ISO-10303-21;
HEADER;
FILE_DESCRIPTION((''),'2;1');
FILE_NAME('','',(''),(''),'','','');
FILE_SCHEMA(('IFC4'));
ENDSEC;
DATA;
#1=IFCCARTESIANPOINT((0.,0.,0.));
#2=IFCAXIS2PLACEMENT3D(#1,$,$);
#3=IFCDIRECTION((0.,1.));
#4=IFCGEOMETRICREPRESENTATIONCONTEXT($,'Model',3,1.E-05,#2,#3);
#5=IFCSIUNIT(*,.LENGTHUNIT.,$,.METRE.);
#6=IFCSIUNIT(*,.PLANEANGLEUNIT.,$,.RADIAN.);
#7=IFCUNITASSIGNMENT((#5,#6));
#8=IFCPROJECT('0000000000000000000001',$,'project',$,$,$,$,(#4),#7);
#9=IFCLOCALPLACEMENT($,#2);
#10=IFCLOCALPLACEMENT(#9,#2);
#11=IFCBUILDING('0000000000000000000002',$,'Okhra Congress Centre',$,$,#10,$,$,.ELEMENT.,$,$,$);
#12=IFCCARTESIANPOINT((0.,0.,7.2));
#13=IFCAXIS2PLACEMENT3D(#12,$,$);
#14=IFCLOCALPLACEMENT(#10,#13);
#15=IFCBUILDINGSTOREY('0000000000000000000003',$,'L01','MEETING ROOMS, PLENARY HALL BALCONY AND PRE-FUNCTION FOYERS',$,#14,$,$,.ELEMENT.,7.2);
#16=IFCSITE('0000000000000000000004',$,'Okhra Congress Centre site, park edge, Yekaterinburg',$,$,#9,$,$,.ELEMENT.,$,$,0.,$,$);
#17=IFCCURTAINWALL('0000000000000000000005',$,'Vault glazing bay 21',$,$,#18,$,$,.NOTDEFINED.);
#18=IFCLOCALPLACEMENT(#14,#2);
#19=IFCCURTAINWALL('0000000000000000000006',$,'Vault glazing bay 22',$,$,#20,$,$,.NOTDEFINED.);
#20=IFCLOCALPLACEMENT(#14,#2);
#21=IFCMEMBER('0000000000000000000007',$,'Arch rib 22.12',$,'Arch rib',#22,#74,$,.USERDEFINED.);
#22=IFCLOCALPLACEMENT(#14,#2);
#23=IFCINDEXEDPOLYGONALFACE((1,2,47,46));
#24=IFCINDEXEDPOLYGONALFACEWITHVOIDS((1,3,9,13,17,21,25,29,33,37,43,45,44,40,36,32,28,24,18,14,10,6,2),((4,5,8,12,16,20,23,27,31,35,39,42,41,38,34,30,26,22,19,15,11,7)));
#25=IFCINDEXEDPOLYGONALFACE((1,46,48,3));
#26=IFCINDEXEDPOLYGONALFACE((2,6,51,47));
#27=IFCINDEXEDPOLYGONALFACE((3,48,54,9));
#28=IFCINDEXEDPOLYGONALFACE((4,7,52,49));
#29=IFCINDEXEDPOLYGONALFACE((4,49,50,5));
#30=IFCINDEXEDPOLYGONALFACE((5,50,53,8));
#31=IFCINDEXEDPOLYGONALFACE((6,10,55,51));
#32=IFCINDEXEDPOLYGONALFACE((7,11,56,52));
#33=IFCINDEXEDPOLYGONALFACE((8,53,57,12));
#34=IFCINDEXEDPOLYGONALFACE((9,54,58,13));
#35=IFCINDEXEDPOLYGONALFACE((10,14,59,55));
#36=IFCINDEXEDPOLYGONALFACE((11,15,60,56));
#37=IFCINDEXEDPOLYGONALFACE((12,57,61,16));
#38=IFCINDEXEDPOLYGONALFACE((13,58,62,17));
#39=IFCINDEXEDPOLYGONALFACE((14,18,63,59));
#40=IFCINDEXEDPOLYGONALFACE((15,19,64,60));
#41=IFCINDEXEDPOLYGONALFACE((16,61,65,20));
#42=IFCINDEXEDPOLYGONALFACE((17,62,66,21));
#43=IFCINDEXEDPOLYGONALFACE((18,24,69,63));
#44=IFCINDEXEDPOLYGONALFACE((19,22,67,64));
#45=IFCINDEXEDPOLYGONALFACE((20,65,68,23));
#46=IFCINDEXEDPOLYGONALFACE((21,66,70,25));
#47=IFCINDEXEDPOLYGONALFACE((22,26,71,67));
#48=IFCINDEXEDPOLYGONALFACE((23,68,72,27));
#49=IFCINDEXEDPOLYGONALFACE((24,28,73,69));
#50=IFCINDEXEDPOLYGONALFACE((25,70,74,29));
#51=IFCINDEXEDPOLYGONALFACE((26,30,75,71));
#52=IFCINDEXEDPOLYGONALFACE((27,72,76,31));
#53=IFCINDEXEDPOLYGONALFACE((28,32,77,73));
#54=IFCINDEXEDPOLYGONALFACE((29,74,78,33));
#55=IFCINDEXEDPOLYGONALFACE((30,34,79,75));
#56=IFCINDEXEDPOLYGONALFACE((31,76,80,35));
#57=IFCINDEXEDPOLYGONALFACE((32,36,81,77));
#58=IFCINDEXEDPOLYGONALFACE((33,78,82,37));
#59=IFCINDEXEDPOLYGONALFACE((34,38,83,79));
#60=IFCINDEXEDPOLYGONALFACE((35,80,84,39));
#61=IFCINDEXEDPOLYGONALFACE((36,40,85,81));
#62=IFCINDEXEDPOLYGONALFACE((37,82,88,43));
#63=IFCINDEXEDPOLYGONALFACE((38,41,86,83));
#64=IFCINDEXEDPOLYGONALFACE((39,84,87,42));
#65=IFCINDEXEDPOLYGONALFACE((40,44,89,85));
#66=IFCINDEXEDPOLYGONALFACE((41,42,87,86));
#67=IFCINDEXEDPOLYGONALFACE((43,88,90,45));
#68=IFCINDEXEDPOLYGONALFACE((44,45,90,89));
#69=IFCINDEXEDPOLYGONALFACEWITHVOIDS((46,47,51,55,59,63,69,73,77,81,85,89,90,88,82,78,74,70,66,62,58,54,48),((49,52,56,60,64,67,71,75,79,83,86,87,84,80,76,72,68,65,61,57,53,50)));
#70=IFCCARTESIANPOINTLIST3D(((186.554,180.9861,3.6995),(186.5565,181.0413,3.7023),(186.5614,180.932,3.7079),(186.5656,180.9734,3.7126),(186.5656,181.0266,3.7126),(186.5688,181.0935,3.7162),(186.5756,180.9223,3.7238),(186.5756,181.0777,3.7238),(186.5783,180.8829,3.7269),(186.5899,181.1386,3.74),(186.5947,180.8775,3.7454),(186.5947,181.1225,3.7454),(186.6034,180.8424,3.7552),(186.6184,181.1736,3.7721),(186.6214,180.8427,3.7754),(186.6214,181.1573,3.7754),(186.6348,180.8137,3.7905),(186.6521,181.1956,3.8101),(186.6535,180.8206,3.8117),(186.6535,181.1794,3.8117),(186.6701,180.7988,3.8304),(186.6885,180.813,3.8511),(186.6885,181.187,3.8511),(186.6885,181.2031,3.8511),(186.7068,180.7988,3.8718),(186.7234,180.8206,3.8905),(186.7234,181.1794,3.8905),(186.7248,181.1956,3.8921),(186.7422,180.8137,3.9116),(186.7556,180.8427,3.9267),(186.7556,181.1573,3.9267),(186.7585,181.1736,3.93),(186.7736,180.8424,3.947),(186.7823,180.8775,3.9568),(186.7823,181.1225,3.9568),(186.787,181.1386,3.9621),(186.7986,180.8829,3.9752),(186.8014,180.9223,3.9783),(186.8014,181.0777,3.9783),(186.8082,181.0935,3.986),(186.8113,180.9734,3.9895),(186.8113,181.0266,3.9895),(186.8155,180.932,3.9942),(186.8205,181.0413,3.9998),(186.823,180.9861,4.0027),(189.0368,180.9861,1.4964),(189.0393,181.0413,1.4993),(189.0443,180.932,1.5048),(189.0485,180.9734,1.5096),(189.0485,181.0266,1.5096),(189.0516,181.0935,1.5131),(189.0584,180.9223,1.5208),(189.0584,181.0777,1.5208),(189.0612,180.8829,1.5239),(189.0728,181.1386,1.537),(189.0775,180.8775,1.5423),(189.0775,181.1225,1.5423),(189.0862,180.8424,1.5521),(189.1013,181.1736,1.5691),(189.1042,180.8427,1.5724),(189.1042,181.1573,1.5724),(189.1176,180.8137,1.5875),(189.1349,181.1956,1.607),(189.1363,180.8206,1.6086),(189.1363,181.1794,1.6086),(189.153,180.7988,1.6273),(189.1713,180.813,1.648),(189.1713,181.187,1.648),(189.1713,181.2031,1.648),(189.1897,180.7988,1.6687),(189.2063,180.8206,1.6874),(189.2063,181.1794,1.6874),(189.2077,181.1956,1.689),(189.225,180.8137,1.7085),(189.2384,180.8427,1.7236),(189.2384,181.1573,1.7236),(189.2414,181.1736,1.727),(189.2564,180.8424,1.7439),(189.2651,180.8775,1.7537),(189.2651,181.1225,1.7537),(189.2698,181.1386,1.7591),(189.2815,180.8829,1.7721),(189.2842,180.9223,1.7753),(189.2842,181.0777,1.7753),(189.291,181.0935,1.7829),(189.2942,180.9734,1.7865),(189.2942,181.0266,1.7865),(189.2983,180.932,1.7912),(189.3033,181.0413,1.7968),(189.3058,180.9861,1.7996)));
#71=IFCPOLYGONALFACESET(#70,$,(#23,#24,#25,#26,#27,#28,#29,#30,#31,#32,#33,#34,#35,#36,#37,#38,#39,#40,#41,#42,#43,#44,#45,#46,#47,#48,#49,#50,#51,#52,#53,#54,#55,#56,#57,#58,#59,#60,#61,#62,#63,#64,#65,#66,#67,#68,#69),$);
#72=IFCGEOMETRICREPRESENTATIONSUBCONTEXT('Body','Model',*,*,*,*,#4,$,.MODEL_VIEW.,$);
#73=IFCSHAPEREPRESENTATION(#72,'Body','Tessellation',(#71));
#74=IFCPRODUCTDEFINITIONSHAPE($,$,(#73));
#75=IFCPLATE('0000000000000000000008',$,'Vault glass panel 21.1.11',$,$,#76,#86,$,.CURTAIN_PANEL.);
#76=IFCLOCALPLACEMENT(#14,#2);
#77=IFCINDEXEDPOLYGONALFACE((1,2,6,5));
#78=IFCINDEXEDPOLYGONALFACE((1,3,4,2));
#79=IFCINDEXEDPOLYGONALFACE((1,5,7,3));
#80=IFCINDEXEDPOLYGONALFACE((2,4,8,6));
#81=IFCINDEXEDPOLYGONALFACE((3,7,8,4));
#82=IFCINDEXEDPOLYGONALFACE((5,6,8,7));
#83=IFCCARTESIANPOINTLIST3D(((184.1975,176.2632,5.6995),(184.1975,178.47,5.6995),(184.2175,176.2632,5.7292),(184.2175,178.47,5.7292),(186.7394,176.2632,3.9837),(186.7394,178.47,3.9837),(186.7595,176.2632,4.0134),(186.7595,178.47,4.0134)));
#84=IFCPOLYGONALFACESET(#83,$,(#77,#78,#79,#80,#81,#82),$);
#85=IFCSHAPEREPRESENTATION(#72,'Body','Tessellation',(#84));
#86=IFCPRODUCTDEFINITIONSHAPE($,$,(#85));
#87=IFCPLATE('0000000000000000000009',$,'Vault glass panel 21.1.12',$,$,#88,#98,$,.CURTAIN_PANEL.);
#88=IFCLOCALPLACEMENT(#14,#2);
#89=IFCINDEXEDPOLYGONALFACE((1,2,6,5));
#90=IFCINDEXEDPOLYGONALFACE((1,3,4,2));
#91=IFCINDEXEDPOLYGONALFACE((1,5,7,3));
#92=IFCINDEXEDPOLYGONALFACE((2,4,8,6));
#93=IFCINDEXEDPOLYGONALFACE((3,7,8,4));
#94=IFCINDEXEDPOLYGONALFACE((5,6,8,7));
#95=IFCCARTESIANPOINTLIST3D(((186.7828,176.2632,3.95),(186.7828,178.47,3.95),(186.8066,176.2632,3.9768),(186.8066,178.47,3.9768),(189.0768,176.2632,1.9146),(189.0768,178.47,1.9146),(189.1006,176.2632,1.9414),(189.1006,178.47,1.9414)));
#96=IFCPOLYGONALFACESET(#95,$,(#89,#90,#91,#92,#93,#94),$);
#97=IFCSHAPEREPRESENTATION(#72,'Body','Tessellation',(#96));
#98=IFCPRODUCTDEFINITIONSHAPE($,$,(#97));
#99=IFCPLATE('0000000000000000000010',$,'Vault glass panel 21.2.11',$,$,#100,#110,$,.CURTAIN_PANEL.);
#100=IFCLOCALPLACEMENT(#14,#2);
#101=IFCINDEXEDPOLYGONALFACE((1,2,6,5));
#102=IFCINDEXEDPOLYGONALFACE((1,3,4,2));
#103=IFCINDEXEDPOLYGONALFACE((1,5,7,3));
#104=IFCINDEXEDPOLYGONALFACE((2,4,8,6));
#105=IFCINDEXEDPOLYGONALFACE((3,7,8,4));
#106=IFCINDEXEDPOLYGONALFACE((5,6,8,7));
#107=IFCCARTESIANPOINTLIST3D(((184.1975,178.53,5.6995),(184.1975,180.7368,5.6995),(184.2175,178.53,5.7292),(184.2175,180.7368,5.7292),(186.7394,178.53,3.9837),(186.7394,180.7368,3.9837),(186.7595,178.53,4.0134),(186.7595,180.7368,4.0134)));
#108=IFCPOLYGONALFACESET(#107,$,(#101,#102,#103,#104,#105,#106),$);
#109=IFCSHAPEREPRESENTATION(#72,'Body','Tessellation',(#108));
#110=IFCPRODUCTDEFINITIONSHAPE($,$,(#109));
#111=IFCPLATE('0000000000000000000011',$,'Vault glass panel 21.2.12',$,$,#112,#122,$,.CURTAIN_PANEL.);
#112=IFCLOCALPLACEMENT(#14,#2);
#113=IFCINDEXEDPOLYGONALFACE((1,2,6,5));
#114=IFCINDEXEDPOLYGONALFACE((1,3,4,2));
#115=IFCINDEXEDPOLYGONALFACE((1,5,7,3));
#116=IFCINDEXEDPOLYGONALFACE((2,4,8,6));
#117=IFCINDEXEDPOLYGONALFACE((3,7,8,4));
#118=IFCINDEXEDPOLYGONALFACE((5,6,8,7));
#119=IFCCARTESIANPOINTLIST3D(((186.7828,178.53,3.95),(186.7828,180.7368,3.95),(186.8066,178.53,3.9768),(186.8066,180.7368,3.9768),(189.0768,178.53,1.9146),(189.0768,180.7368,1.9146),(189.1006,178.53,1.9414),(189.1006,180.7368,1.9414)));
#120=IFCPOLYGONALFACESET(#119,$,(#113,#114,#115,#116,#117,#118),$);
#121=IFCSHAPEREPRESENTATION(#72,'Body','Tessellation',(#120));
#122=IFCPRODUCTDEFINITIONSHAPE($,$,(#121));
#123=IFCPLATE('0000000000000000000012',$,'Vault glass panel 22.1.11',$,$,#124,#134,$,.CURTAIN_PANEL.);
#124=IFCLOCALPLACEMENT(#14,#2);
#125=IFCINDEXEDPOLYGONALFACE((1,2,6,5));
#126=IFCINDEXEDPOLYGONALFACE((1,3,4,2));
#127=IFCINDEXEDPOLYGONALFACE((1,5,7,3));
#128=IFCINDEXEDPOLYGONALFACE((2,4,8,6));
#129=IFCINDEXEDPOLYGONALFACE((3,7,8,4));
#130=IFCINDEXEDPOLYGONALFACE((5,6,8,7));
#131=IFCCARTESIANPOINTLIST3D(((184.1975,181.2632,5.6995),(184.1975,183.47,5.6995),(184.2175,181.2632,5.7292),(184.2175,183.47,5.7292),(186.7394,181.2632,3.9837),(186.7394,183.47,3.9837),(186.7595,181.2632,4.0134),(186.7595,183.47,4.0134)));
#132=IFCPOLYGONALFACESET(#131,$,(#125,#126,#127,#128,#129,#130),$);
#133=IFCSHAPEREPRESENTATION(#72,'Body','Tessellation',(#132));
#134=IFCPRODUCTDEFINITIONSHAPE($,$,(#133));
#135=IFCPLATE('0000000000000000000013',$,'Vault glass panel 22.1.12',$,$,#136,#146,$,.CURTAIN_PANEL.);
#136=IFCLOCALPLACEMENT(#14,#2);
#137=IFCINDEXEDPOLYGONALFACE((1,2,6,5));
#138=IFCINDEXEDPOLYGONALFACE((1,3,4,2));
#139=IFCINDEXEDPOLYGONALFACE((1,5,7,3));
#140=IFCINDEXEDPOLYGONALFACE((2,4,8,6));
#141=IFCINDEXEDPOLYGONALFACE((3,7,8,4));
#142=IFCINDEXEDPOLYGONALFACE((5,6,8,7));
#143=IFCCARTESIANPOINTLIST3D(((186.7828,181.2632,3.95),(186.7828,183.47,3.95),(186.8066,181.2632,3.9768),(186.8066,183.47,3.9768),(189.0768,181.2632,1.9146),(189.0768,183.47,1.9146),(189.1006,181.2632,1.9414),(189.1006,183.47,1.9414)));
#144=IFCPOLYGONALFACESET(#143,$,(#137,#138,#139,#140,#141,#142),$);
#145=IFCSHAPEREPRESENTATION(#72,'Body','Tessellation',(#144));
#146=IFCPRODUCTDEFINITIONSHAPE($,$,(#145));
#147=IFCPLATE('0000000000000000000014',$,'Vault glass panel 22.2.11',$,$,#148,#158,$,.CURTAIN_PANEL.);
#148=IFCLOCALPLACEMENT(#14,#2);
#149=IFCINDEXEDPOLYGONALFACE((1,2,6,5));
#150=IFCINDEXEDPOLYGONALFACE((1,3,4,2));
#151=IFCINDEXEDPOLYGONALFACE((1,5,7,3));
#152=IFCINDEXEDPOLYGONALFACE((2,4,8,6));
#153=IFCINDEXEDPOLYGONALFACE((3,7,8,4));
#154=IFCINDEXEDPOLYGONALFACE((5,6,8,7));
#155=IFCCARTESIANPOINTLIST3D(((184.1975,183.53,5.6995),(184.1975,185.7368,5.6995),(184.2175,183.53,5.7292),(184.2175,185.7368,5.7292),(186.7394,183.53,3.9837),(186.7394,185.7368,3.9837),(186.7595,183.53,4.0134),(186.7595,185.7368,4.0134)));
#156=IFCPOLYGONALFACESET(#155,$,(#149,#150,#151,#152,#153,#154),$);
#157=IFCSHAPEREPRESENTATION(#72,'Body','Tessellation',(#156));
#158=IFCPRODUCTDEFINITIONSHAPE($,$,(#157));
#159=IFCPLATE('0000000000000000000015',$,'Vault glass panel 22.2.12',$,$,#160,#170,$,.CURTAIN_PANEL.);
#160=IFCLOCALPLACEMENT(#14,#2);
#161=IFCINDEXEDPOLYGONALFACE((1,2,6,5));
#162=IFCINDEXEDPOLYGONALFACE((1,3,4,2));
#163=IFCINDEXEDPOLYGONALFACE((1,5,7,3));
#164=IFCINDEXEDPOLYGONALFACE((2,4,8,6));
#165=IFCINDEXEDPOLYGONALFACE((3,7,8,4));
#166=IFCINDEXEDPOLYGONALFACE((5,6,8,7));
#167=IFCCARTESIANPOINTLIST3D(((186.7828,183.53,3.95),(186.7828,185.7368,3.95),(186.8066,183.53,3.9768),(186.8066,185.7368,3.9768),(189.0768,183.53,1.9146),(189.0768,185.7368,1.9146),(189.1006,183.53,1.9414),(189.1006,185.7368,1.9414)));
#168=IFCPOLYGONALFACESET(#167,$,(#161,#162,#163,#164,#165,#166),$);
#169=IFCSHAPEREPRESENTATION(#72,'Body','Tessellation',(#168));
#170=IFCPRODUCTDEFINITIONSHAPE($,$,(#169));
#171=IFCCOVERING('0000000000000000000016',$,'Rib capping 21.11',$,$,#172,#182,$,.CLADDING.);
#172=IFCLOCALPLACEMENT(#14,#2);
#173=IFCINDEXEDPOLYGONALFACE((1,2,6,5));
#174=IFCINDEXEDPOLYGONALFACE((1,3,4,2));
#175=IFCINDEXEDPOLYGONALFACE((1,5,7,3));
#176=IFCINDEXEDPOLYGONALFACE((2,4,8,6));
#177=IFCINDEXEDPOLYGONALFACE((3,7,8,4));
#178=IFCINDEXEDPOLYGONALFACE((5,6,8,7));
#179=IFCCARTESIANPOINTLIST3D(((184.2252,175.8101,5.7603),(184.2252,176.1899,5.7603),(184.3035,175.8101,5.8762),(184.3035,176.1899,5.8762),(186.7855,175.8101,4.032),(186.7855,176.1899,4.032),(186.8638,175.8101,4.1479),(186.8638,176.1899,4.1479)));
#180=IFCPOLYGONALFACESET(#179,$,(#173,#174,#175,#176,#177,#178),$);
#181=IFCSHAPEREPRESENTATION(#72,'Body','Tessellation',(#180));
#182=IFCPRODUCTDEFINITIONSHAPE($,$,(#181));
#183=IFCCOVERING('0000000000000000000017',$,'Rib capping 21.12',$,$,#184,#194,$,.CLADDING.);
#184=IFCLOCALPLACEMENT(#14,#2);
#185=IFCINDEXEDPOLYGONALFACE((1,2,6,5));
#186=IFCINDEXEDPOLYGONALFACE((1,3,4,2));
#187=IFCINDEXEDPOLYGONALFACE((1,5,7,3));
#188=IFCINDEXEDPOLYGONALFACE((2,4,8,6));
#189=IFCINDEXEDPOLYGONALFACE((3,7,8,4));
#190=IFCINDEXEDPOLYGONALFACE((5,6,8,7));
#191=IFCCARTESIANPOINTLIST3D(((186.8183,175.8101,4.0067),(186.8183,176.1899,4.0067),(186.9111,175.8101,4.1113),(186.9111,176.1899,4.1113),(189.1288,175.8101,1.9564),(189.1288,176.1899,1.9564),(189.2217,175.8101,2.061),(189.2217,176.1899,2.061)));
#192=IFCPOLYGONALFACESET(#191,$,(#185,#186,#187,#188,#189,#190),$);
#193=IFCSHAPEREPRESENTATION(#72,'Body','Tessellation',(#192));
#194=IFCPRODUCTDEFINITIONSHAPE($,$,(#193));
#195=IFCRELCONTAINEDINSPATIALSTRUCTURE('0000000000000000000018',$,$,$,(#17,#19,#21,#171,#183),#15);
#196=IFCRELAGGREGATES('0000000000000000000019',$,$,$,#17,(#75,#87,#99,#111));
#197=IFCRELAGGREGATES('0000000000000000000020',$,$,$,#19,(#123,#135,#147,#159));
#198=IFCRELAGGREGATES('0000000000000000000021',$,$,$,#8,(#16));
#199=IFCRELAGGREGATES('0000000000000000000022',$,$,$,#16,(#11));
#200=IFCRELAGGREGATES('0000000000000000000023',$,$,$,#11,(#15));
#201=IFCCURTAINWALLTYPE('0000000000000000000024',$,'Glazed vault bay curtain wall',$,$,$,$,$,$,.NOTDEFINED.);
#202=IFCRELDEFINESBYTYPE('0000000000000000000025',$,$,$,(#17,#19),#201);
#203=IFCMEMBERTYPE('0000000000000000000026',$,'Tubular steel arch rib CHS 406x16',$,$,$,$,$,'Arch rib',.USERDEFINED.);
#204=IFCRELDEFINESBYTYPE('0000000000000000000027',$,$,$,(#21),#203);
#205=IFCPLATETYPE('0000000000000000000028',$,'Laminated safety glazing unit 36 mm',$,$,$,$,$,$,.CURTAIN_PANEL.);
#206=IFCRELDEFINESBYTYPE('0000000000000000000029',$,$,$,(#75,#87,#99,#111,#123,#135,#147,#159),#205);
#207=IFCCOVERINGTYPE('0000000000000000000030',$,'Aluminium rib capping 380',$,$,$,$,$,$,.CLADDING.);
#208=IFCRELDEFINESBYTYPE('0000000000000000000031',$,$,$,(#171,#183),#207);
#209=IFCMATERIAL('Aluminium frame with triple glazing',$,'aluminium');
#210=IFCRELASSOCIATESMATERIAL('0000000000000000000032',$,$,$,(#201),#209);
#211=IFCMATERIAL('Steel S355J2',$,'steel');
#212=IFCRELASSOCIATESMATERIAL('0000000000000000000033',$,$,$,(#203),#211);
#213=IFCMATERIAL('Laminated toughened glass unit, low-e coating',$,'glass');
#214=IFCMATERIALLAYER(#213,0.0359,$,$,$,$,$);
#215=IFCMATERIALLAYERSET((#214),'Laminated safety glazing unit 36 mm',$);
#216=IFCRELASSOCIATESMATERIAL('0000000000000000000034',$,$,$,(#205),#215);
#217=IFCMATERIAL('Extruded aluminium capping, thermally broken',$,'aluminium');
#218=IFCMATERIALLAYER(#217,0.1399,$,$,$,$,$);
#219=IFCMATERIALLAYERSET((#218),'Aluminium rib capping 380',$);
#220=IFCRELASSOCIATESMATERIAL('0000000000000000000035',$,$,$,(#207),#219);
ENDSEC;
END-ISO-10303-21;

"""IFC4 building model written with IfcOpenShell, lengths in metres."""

from ifc_helpers import new_model, si_unit, direction, frame, origin, origin_2d, place, context, subcontext, project, spatial, polyline, hollow_circle, outline, extrude, material, layer, layer_set, material_profile, profile_set, type_object, element, aggregate, save


model = new_model("IFC4")

# Units and contexts
model_context = context("Model", 3, precision=1e-05, world=origin(), true_north=direction((0.0, 1.0)))
body_context = subcontext(model_context, "Body", "Model", "MODEL_VIEW")
ifc_project = project(units=[si_unit("LENGTHUNIT", "METRE"), si_unit("PLANEANGLEUNIT", "RADIAN")], contexts=[model_context])

# Site, building, storey
site_placement = place(None, origin())
site = spatial("IfcSite", under=ifc_project, at=site_placement, Name="Okhra Congress Centre site, park edge, Yekaterinburg", CompositionType="ELEMENT", RefElevation=0.0)
building_placement = place(site_placement, origin())
building = spatial("IfcBuilding", under=site, at=building_placement, Name="Okhra Congress Centre", CompositionType="ELEMENT")
storey_placement = place(building_placement, frame((0.0, 0.0, 7.2)))
storey = spatial("IfcBuildingStorey", under=building, at=storey_placement, Name="L01", Description="MEETING ROOMS, PLENARY HALL BALCONY AND PRE-FUNCTION FOYERS", CompositionType="ELEMENT", Elevation=7.2)

# Shared definitions
ifc_material_1 = material(Name="Aluminium frame with triple glazing", Category="aluminium")
curtain_wall_type = type_object("IfcCurtainWallType", Name="Glazed vault bay curtain wall", PredefinedType="NOTDEFINED", material=ifc_material_1)

# Curtain walls
curtain_wall_1_placement = place(storey_placement, origin())
curtain_wall_1 = element("IfcCurtainWall", 1, at=curtain_wall_1_placement, inside=storey, type_object=curtain_wall_type, Name="Vault glazing bay 21", PredefinedType="NOTDEFINED")
curtain_wall_2_placement = place(storey_placement, origin())
curtain_wall_2 = element("IfcCurtainWall", 2, at=curtain_wall_2_placement, inside=storey, type_object=curtain_wall_type, Name="Vault glazing bay 22", PredefinedType="NOTDEFINED")

# Member
ifc_material_2 = material(Name="Steel S355J2", Category="steel")
ifc_material_profile_1 = material_profile(ifc_material_2, hollow_circle(Radius=0.2031, WallThickness=0.0161, at=origin_2d()), Name="CHS 406.4x16")
ifc_profile_set_1 = profile_set([ifc_material_profile_1], Name="Steel S355J2")
member_type_1 = type_object("IfcMemberType", Name="Tubular steel arch rib CHS 406x16", ElementType="Arch rib", PredefinedType="USERDEFINED", material=ifc_profile_set_1)
for number, where, z_axis, x_axis, name in (
    (3, (186.6885, 181.0, 3.8511), (0.747993, 0.0, -0.663706), (0.0, 1.0, 0.0), "Arch rib 22.12"),
):
    element("IfcMember", number, at=place(storey_placement, frame(where, z_axis=z_axis, x_axis=x_axis)), inside=storey, type_object=member_type_1, Name=name, ObjectType="Arch rib", PredefinedType="USERDEFINED", context=body_context, shape_type="SweptSolid", body=[
        extrude(hollow_circle(Radius=0.2031, WallThickness=0.0161, at=origin_2d()), origin(), (0.0, 0.0, 1.0), 3.3193),
    ])

# Plates
ifc_material_3 = material(Name="Laminated toughened glass unit, low-e coating", Category="glass")
ifc_layer_1 = layer(ifc_material_3, 0.0359)
ifc_layer_set_1 = layer_set([ifc_layer_1], Name="Laminated safety glazing unit 36 mm")
plate_type = type_object("IfcPlateType", Name="Laminated safety glazing unit 36 mm", PredefinedType="CURTAIN_PANEL", material=ifc_layer_set_1)
plate_1_placement = place(storey_placement, frame((184.2175, 176.2632, 5.7292), z_axis=(0.559467, 0.0, 0.828852), x_axis=(0.828852, 0.0, -0.559467)))
plate_1 = element("IfcPlate", 4, at=plate_1_placement, type_object=plate_type, Name="Vault glass panel 21.1.11", PredefinedType="CURTAIN_PANEL", context=body_context, shape_type="SweptSolid", body=[
    extrude(outline(polyline([(0.0, 0.0), (3.0669, 0.0), (3.0669, 2.2068), (0.0, 2.2068), (0.0, 0.0)])), origin(), (0.0, 0.0, -1.0), 0.0359),
])
plate_2_placement = place(storey_placement, frame((186.8066, 176.2632, 3.9768), z_axis=(0.663697, 0.0, 0.748002), x_axis=(0.748002, 0.0, -0.663697)))
plate_2 = element("IfcPlate", 5, at=plate_2_placement, type_object=plate_type, Name="Vault glass panel 21.1.12", PredefinedType="CURTAIN_PANEL", context=body_context, shape_type="SweptSolid", body=[
    extrude(outline(polyline([(0.0, 0.0), (3.0668, 0.0), (3.0668, 2.2068), (0.0, 2.2068), (0.0, 0.0)])), origin(), (0.0, 0.0, -1.0), 0.0359),
])
plate_3_placement = place(storey_placement, frame((184.2175, 178.53, 5.7292), z_axis=(0.559467, 0.0, 0.828852), x_axis=(0.828852, 0.0, -0.559467)))
plate_3 = element("IfcPlate", 6, at=plate_3_placement, type_object=plate_type, Name="Vault glass panel 21.2.11", PredefinedType="CURTAIN_PANEL", context=body_context, shape_type="SweptSolid", body=[
    extrude(outline(polyline([(0.0, 0.0), (3.0669, 0.0), (3.0669, 2.2068), (0.0, 2.2068), (0.0, 0.0)])), origin(), (0.0, 0.0, -1.0), 0.0359),
])
plate_4_placement = place(storey_placement, frame((186.8066, 178.53, 3.9768), z_axis=(0.663697, 0.0, 0.748002), x_axis=(0.748002, 0.0, -0.663697)))
plate_4 = element("IfcPlate", 7, at=plate_4_placement, type_object=plate_type, Name="Vault glass panel 21.2.12", PredefinedType="CURTAIN_PANEL", context=body_context, shape_type="SweptSolid", body=[
    extrude(outline(polyline([(0.0, 0.0), (3.0668, 0.0), (3.0668, 2.2068), (0.0, 2.2068), (0.0, 0.0)])), origin(), (0.0, 0.0, -1.0), 0.0359),
])
aggregate(curtain_wall_1, [plate_1, plate_2, plate_3, plate_4])
plate_5_placement = place(storey_placement, frame((184.2175, 181.2632, 5.7292), z_axis=(0.559467, 0.0, 0.828852), x_axis=(0.828852, 0.0, -0.559467)))
plate_5 = element("IfcPlate", 8, at=plate_5_placement, type_object=plate_type, Name="Vault glass panel 22.1.11", PredefinedType="CURTAIN_PANEL", context=body_context, shape_type="SweptSolid", body=[
    extrude(outline(polyline([(0.0, 0.0), (3.0669, 0.0), (3.0669, 2.2068), (0.0, 2.2068), (0.0, 0.0)])), origin(), (0.0, 0.0, -1.0), 0.0359),
])
plate_6_placement = place(storey_placement, frame((186.8066, 181.2632, 3.9768), z_axis=(0.663697, 0.0, 0.748002), x_axis=(0.748002, 0.0, -0.663697)))
plate_6 = element("IfcPlate", 9, at=plate_6_placement, type_object=plate_type, Name="Vault glass panel 22.1.12", PredefinedType="CURTAIN_PANEL", context=body_context, shape_type="SweptSolid", body=[
    extrude(outline(polyline([(0.0, 0.0), (3.0668, 0.0), (3.0668, 2.2068), (0.0, 2.2068), (0.0, 0.0)])), origin(), (0.0, 0.0, -1.0), 0.0359),
])
plate_7_placement = place(storey_placement, frame((184.2175, 183.53, 5.7292), z_axis=(0.559467, 0.0, 0.828852), x_axis=(0.828852, 0.0, -0.559467)))
plate_7 = element("IfcPlate", 10, at=plate_7_placement, type_object=plate_type, Name="Vault glass panel 22.2.11", PredefinedType="CURTAIN_PANEL", context=body_context, shape_type="SweptSolid", body=[
    extrude(outline(polyline([(0.0, 0.0), (3.0669, 0.0), (3.0669, 2.2068), (0.0, 2.2068), (0.0, 0.0)])), origin(), (0.0, 0.0, -1.0), 0.0359),
])
plate_8_placement = place(storey_placement, frame((186.8066, 183.53, 3.9768), z_axis=(0.663697, 0.0, 0.748002), x_axis=(0.748002, 0.0, -0.663697)))
plate_8 = element("IfcPlate", 11, at=plate_8_placement, type_object=plate_type, Name="Vault glass panel 22.2.12", PredefinedType="CURTAIN_PANEL", context=body_context, shape_type="SweptSolid", body=[
    extrude(outline(polyline([(0.0, 0.0), (3.0668, 0.0), (3.0668, 2.2068), (0.0, 2.2068), (0.0, 0.0)])), origin(), (0.0, 0.0, -1.0), 0.0359),
])
aggregate(curtain_wall_2, [plate_5, plate_6, plate_7, plate_8])

# Coverings
ifc_material_4 = material(Name="Extruded aluminium capping, thermally broken", Category="aluminium")
ifc_layer_2 = layer(ifc_material_4, 0.1399)
ifc_layer_set_2 = layer_set([ifc_layer_2], Name="Aluminium rib capping 380")
covering_type = type_object("IfcCoveringType", Name="Aluminium rib capping 380", PredefinedType="CLADDING", material=ifc_layer_set_2)
covering_1_placement = place(storey_placement, frame((184.3035, 175.8101, 5.8762), z_axis=(0.559488, 0.0, 0.828839), x_axis=(0.828839, 0.0, -0.559488)))
element("IfcCovering", 12, at=covering_1_placement, inside=storey, type_object=covering_type, Name="Rib capping 21.11", PredefinedType="CLADDING", context=body_context, shape_type="SweptSolid", body=[
    extrude(outline(polyline([(0.0, 0.0), (3.089, 0.0), (3.089, 0.3799), (0.0, 0.3799), (0.0, 0.0)])), origin(), (0.0, 0.0, -1.0), 0.1399),
])
covering_2_placement = place(storey_placement, frame((186.9111, 175.8101, 4.1113), z_axis=(0.663726, 0.0, 0.747976), x_axis=(0.747976, 0.0, -0.663726)))
element("IfcCovering", 13, at=covering_2_placement, inside=storey, type_object=covering_type, Name="Rib capping 21.12", PredefinedType="CLADDING", context=body_context, shape_type="SweptSolid", body=[
    extrude(outline(polyline([(0.0, 0.0), (3.0891, 0.0), (3.0891, 0.3799), (0.0, 0.3799), (0.0, 0.0)])), origin(), (0.0, 0.0, -1.0), 0.1399),
])

save(model, "model.ifc")
